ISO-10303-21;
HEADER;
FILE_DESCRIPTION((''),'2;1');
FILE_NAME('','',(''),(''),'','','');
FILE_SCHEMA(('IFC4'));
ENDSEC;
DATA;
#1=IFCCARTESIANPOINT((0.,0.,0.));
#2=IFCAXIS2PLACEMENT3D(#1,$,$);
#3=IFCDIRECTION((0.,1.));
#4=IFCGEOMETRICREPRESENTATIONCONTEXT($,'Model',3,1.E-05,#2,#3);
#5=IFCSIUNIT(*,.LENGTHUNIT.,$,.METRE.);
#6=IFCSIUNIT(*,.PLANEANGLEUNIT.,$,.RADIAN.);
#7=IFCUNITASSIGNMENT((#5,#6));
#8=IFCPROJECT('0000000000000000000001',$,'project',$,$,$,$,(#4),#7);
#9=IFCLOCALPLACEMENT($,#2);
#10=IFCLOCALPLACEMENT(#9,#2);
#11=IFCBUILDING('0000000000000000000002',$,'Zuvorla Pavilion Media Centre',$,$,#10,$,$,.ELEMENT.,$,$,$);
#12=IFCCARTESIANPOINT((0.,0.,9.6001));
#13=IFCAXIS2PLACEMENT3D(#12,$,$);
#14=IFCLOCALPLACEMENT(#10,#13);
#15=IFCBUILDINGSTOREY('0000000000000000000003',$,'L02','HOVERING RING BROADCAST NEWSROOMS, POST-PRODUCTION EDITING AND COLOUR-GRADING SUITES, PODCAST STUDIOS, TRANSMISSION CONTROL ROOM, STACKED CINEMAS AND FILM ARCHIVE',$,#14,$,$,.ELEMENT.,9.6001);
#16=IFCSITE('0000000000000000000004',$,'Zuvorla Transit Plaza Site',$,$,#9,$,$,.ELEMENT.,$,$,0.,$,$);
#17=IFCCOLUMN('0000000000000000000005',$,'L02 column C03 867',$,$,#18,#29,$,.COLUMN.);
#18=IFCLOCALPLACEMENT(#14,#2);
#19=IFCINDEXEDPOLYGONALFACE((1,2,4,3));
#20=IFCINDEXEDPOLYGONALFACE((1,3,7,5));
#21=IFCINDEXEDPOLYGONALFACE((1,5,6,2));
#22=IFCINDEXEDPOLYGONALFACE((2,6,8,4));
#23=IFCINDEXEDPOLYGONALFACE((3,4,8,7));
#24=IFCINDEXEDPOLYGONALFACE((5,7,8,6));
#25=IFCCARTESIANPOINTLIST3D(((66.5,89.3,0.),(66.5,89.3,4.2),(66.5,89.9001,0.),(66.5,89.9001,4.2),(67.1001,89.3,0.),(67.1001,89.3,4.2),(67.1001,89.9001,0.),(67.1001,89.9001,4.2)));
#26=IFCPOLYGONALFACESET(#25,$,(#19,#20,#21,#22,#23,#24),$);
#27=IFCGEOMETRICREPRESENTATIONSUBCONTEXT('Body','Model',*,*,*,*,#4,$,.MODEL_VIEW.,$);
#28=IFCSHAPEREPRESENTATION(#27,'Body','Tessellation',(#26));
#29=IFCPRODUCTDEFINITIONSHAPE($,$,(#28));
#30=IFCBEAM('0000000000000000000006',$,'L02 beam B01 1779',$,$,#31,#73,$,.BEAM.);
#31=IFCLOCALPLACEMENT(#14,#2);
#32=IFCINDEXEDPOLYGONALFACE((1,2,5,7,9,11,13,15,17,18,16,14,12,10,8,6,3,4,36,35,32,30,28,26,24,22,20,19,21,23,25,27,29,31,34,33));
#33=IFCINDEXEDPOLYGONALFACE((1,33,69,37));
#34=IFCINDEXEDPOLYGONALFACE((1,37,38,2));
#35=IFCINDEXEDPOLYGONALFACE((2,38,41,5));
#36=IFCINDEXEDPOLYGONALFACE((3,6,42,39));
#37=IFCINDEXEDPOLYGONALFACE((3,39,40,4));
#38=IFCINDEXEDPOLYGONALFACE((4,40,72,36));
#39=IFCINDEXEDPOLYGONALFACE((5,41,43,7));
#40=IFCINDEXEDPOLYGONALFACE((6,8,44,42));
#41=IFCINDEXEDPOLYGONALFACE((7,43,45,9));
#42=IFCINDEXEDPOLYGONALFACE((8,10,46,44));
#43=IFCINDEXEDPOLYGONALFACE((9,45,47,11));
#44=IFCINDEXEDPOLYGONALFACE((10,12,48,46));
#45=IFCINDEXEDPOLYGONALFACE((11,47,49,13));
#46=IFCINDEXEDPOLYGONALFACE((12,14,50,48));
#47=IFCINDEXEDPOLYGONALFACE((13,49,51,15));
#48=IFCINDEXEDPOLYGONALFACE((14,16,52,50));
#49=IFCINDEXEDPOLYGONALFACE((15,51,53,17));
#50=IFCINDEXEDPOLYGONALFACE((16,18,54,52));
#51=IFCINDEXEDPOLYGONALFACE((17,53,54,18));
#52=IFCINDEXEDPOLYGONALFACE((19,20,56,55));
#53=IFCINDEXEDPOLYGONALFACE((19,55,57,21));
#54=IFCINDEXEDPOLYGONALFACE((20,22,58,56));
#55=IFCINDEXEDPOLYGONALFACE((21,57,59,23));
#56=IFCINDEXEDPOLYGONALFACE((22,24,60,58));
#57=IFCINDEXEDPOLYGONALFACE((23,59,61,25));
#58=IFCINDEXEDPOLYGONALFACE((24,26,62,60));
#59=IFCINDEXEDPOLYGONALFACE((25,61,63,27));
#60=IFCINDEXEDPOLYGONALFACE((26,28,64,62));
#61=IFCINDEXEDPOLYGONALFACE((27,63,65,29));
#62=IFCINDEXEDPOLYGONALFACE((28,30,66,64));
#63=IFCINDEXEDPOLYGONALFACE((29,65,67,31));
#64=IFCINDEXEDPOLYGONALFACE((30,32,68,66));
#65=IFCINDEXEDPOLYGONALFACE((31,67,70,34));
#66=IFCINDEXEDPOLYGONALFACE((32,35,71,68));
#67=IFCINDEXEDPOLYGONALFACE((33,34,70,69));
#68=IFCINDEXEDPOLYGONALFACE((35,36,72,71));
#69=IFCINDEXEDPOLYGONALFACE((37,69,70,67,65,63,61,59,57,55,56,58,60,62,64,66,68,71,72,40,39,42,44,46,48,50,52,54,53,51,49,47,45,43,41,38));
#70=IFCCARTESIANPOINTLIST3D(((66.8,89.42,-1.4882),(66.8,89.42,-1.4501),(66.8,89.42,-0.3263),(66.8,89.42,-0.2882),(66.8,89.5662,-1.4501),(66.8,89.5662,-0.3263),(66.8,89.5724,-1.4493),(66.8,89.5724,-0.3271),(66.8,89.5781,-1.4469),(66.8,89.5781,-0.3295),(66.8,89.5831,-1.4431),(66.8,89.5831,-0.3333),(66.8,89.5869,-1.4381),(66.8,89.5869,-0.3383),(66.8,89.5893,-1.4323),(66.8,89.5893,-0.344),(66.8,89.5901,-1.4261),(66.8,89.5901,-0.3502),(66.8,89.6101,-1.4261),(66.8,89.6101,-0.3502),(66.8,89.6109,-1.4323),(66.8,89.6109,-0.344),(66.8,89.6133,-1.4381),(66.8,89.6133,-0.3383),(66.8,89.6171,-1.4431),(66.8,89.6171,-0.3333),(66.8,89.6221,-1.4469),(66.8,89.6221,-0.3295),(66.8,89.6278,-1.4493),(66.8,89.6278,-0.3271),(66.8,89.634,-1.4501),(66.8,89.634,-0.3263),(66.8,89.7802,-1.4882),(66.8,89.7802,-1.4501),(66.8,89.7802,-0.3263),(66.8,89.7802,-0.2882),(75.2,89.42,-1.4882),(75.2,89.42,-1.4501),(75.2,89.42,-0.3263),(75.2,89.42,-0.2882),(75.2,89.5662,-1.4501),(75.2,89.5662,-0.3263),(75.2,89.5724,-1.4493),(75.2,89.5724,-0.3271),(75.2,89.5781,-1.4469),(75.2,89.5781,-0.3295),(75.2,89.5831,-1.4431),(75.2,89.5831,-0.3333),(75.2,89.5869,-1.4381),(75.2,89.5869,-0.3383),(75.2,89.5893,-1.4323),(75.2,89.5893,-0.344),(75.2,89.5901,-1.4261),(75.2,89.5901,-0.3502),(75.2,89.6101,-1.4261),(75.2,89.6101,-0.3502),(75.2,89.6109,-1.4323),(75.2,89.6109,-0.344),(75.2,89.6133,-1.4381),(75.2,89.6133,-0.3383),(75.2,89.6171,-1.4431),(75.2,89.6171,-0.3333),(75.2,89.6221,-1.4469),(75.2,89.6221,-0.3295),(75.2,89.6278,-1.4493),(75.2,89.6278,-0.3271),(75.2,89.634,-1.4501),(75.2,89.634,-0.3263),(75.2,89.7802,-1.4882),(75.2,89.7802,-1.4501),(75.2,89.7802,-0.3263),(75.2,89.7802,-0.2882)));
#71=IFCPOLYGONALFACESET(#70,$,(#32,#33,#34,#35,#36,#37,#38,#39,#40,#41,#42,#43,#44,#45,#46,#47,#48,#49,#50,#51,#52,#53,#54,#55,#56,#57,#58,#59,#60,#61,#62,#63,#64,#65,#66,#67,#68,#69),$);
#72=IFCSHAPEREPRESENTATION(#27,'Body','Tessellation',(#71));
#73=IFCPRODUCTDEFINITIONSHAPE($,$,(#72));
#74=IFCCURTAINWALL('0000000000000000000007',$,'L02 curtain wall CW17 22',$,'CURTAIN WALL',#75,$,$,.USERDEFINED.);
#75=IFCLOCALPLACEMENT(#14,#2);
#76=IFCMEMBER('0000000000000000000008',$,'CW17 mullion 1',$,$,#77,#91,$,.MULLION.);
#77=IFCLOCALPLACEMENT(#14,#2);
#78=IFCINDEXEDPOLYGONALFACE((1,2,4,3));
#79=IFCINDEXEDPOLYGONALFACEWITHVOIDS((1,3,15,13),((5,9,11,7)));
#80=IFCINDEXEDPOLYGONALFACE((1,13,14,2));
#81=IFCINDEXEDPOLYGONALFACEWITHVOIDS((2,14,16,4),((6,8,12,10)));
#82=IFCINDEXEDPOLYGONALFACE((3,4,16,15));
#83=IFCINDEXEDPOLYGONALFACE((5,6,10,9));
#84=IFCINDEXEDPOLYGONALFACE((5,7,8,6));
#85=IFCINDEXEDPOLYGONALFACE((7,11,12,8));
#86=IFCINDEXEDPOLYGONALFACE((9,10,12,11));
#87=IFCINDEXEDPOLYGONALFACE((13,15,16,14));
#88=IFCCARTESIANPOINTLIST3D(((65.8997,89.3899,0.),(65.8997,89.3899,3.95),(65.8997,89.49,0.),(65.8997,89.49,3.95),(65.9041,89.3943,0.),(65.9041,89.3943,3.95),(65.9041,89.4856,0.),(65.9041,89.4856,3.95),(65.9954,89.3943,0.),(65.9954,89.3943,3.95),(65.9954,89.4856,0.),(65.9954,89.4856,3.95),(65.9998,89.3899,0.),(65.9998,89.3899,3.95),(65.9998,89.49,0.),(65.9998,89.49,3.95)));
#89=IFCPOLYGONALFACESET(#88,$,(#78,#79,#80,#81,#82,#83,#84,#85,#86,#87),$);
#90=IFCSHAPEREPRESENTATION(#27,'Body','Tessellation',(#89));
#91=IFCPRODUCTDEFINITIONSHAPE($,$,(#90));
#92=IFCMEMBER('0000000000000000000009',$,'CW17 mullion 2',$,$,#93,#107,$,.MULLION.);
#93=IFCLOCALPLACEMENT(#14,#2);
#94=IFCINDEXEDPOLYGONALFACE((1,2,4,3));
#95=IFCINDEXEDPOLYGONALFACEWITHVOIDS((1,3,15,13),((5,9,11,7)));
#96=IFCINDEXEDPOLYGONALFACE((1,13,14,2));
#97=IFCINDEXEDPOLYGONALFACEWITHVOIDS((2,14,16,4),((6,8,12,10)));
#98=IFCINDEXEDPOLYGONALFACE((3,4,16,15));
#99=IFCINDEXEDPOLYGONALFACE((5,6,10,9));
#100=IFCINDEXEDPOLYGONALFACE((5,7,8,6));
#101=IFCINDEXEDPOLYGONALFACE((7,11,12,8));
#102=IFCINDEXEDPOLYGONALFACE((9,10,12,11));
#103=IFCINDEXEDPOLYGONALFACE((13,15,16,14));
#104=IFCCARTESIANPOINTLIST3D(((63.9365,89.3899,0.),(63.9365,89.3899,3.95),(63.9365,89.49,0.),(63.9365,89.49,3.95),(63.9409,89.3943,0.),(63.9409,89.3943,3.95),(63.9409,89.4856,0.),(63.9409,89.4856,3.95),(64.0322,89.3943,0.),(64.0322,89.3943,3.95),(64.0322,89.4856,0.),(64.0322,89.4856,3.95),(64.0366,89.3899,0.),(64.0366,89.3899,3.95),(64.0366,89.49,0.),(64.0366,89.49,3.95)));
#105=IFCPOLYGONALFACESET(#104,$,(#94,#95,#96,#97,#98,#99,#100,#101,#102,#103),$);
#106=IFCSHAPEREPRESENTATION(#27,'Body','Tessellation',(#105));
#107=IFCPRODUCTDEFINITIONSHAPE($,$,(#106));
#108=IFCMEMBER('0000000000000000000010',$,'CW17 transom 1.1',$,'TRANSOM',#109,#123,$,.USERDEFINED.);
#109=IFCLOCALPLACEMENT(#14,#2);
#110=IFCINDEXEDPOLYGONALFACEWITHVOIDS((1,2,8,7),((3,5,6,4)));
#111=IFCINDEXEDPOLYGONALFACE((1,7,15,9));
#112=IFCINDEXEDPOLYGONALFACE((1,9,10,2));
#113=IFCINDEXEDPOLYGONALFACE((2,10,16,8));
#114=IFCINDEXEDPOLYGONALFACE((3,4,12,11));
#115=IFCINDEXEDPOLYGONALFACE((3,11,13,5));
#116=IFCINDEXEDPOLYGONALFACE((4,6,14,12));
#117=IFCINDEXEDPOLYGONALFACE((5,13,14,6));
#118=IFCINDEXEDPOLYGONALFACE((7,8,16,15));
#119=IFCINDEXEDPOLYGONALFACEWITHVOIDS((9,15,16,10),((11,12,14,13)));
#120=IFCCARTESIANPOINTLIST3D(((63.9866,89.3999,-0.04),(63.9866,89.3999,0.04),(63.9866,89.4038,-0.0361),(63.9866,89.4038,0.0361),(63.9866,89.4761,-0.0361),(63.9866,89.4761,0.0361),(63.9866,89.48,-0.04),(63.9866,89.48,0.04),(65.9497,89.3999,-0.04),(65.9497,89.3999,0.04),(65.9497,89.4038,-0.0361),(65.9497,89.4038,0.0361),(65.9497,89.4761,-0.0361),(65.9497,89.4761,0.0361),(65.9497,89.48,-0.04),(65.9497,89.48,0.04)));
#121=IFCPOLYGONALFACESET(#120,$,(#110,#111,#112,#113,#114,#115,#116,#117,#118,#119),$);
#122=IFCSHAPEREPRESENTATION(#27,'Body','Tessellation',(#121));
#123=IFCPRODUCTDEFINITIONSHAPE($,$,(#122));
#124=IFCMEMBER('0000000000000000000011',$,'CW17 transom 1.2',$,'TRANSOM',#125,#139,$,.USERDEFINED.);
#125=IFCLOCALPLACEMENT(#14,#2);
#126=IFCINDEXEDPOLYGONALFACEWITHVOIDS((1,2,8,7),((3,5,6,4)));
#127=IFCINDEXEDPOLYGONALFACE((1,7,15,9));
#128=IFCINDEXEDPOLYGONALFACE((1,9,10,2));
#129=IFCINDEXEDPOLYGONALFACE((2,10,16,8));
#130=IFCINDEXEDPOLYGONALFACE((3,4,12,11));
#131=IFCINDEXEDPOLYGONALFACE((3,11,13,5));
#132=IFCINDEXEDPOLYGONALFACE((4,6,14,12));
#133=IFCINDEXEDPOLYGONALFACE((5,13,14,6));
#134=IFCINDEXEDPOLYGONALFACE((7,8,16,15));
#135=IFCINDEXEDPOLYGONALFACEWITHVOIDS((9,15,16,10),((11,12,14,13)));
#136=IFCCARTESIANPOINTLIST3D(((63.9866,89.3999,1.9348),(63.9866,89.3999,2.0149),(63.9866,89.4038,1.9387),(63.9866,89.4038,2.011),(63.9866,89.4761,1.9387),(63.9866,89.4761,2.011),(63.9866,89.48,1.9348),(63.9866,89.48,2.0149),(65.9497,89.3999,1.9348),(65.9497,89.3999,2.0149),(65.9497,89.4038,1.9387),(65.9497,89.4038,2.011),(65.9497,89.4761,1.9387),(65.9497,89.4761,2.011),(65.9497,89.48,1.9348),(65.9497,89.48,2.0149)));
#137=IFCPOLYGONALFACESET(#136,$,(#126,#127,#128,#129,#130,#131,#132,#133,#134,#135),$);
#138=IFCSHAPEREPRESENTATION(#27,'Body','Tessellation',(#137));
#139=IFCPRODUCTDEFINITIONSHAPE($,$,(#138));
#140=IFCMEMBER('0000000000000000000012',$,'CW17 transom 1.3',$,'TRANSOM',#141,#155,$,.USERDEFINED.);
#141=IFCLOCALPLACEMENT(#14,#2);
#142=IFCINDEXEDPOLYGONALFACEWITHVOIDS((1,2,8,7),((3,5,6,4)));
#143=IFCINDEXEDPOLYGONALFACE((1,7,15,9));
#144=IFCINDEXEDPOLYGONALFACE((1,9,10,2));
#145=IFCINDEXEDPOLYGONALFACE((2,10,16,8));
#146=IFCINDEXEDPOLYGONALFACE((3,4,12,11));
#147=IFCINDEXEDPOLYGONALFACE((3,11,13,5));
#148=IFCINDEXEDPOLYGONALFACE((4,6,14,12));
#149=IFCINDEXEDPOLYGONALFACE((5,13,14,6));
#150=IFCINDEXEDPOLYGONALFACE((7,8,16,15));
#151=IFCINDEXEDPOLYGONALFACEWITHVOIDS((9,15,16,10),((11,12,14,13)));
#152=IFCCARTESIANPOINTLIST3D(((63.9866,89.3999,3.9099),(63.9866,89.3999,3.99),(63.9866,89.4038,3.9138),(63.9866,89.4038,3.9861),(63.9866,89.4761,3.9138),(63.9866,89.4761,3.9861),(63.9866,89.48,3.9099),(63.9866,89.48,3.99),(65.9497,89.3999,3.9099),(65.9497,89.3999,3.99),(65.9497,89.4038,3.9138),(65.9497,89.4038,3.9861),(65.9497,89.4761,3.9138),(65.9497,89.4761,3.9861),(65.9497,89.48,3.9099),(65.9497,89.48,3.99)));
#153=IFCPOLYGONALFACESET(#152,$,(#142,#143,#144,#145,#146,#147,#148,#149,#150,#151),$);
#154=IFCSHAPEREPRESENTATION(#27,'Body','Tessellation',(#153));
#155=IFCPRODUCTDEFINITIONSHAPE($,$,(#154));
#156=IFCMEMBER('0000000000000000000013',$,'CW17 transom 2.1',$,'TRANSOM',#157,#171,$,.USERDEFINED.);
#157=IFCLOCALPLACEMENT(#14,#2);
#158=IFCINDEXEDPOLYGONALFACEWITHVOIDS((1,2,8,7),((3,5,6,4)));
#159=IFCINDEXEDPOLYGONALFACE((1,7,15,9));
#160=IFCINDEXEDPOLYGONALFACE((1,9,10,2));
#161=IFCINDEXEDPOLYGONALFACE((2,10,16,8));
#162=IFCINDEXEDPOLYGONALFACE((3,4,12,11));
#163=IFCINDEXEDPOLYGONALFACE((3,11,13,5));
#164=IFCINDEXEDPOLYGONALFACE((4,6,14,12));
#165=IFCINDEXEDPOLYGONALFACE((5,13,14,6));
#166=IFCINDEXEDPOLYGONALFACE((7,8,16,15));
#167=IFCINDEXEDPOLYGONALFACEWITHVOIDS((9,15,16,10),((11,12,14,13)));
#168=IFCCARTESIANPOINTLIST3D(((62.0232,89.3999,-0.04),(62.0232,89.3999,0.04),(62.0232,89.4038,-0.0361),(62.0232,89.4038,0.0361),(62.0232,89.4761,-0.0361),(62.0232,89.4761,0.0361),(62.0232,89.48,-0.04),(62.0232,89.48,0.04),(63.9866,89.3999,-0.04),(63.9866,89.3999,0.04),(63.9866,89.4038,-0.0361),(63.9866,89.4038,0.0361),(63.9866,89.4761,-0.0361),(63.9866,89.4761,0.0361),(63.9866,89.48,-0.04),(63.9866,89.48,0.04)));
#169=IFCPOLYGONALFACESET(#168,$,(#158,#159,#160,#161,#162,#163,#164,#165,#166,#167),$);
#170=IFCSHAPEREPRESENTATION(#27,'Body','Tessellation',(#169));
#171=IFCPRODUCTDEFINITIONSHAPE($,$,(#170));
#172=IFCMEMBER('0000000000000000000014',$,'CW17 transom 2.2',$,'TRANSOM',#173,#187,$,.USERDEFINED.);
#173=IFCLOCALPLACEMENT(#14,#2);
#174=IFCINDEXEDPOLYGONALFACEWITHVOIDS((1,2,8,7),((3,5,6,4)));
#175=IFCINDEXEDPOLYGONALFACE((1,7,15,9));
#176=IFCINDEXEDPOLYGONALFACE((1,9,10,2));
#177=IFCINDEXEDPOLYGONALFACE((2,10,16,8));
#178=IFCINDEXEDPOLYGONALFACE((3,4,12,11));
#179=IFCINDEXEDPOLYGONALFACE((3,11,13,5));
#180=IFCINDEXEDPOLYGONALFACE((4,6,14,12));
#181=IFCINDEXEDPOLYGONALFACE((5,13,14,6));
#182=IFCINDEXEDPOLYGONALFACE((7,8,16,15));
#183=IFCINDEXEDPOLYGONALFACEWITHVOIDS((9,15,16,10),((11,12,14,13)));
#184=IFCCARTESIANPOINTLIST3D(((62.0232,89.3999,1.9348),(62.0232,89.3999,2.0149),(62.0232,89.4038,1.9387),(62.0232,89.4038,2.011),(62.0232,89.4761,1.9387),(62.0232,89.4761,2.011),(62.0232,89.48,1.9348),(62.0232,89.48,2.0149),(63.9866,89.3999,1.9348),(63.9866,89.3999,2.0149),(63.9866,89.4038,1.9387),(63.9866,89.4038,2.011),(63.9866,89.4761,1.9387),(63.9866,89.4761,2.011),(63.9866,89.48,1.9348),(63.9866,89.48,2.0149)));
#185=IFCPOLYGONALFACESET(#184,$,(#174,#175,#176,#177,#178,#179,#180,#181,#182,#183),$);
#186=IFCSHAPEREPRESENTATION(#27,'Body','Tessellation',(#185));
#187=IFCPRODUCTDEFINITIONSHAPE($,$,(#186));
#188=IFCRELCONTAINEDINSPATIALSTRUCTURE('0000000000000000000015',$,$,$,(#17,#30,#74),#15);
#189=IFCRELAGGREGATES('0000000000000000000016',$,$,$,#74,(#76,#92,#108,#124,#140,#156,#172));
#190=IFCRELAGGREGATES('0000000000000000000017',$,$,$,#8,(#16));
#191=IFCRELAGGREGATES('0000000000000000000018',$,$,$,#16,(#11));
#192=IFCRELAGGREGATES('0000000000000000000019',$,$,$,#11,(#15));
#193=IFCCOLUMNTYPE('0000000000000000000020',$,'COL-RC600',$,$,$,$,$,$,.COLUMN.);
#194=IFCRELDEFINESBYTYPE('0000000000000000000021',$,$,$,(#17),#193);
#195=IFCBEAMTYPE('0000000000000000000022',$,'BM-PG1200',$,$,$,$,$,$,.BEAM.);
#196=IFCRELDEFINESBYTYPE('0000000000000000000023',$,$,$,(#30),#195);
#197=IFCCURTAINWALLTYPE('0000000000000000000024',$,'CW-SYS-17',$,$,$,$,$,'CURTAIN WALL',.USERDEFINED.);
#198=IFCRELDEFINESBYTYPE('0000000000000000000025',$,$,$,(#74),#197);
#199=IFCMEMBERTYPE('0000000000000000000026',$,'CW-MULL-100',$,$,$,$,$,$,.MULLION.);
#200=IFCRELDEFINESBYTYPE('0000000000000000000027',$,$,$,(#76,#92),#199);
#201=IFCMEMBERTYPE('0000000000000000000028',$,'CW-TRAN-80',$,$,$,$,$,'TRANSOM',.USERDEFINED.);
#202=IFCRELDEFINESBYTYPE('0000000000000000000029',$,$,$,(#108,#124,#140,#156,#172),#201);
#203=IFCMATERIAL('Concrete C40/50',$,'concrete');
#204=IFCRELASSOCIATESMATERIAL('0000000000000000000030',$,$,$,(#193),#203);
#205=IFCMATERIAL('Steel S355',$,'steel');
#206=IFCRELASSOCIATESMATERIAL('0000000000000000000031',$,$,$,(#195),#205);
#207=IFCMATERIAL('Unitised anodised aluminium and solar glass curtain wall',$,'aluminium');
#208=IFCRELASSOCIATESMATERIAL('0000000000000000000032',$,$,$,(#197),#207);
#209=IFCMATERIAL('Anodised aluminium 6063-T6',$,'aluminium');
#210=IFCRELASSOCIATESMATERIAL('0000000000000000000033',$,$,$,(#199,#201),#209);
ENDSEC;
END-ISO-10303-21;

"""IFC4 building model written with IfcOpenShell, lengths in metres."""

from ifc_helpers import new_model, si_unit, direction, frame, origin, origin_2d, place, context, subcontext, project, spatial, rectangle, hollow_rectangle, i_section, extrude, material, material_profile, profile_set, type_object, element, aggregate, save


model = new_model("IFC4")

# Units and contexts
model_context = context("Model", 3, precision=1e-05, world=origin(), true_north=direction((0.0, 1.0)))
body_context = subcontext(model_context, "Body", "Model", "MODEL_VIEW")
ifc_project = project(units=[si_unit("LENGTHUNIT", "METRE"), si_unit("PLANEANGLEUNIT", "RADIAN")], contexts=[model_context])

# Site, building, storey
site_placement = place(None, origin())
site = spatial("IfcSite", under=ifc_project, at=site_placement, Name="Zuvorla Transit Plaza Site", CompositionType="ELEMENT", RefElevation=0.0)
building_placement = place(site_placement, origin())
building = spatial("IfcBuilding", under=site, at=building_placement, Name="Zuvorla Pavilion Media Centre", CompositionType="ELEMENT")
storey_placement = place(building_placement, frame((0.0, 0.0, 9.6001)))
storey = spatial("IfcBuildingStorey", under=building, at=storey_placement, Name="L02", Description="HOVERING RING BROADCAST NEWSROOMS, POST-PRODUCTION EDITING AND COLOUR-GRADING SUITES, PODCAST STUDIOS, TRANSMISSION CONTROL ROOM, STACKED CINEMAS AND FILM ARCHIVE", CompositionType="ELEMENT", Elevation=9.6001)

# Column
ifc_material_1 = material(Name="Concrete C40/50", Category="concrete")
ifc_material_profile_1 = material_profile(ifc_material_1, rectangle(XDim=0.6001, YDim=0.6001, at=origin_2d()), Name="RC 600x600")
ifc_profile_set_1 = profile_set([ifc_material_profile_1], Name="Concrete C40/50")
column_type = type_object("IfcColumnType", Name="COL-RC600", PredefinedType="COLUMN", material=ifc_profile_set_1)
column_placement = place(storey_placement, frame((66.8, 89.6001, 0.0), z_axis=(0.0, 0.0, 1.0), x_axis=(1.0, 0.0, 0.0)))
element("IfcColumn", 1, at=column_placement, inside=storey, type_object=column_type, Name="L02 column C03 867", PredefinedType="COLUMN", context=body_context, shape_type="SweptSolid", body=[
    extrude(rectangle(XDim=0.6001, YDim=0.6001, at=origin_2d()), origin(), (0.0, 0.0, 1.0), 4.2),
])

# Beam
ifc_material_2 = material(Name="Steel S355", Category="steel")
ifc_material_profile_2 = material_profile(ifc_material_2, i_section(OverallWidth=0.3601, OverallDepth=1.2, WebThickness=0.02, FlangeThickness=0.0381, FilletRadius=0.0239, at=origin_2d()), Name="PG 1200x360x38")
ifc_profile_set_2 = profile_set([ifc_material_profile_2], Name="Steel S355")
beam_type = type_object("IfcBeamType", Name="BM-PG1200", PredefinedType="BEAM", material=ifc_profile_set_2)
beam_placement = place(storey_placement, frame((66.8, 89.6001, -0.8882), z_axis=(1.0, 0.0, 0.0), x_axis=(0.0, 1.0, 0.0)))
element("IfcBeam", 2, at=beam_placement, inside=storey, type_object=beam_type, Name="L02 beam B01 1779", PredefinedType="BEAM", context=body_context, shape_type="SweptSolid", body=[
    extrude(i_section(OverallWidth=0.3601, OverallDepth=1.2, WebThickness=0.02, FlangeThickness=0.0381, FilletRadius=0.0239, at=origin_2d()), origin(), (0.0, 0.0, 1.0), 8.3999),
])

# Curtain wall, members
ifc_material_3 = material(Name="Unitised anodised aluminium and solar glass curtain wall", Category="aluminium")
curtain_wall_type = type_object("IfcCurtainWallType", Name="CW-SYS-17", ElementType="CURTAIN WALL", PredefinedType="USERDEFINED", material=ifc_material_3)
curtain_wall_placement = place(storey_placement, origin())
curtain_wall = element("IfcCurtainWall", 3, at=curtain_wall_placement, inside=storey, type_object=curtain_wall_type, Name="L02 curtain wall CW17 22", ObjectType="CURTAIN WALL", PredefinedType="USERDEFINED")
ifc_material_4 = material(Name="Anodised aluminium 6063-T6", Category="aluminium")
ifc_material_profile_3 = material_profile(ifc_material_4, hollow_rectangle(XDim=0.1001, YDim=0.1001, WallThickness=0.0044, at=origin_2d()), Name="ALU MULL 100x100")
ifc_profile_set_3 = profile_set([ifc_material_profile_3], Name="Anodised aluminium 6063-T6")
member_type_1 = type_object("IfcMemberType", Name="CW-MULL-100", PredefinedType="MULLION", material=ifc_profile_set_3)
member_1_placement = place(storey_placement, frame((65.9497, 89.4399, 0.0), z_axis=(0.0, 0.0, 1.0), x_axis=(1.0, 0.0, 0.0)))
member_1 = element("IfcMember", 4, at=member_1_placement, type_object=member_type_1, Name="CW17 mullion 1", PredefinedType="MULLION", context=body_context, shape_type="SweptSolid", body=[
    extrude(hollow_rectangle(XDim=0.1001, YDim=0.1001, WallThickness=0.0044, at=origin_2d()), origin(), (0.0, 0.0, 1.0), 3.95),
])
member_2_placement = place(storey_placement, frame((63.9866, 89.4399, 0.0), z_axis=(0.0, 0.0, 1.0), x_axis=(1.0, 0.0, 0.0)))
member_2 = element("IfcMember", 5, at=member_2_placement, type_object=member_type_1, Name="CW17 mullion 2", PredefinedType="MULLION", context=body_context, shape_type="SweptSolid", body=[
    extrude(hollow_rectangle(XDim=0.1001, YDim=0.1001, WallThickness=0.0044, at=origin_2d()), origin(), (0.0, 0.0, 1.0), 3.95),
])
ifc_material_profile_4 = material_profile(ifc_material_4, hollow_rectangle(XDim=0.0801, YDim=0.0801, WallThickness=0.0039, at=origin_2d()), Name="ALU TRAN 80x80")
ifc_profile_set_4 = profile_set([ifc_material_profile_4], Name="Anodised aluminium 6063-T6")
member_type_2 = type_object("IfcMemberType", Name="CW-TRAN-80", ElementType="TRANSOM", PredefinedType="USERDEFINED", material=ifc_profile_set_4)
member_3_placement = place(storey_placement, frame((65.9497, 89.4399, 0.0), z_axis=(-1.0, 0.0, 0.0), x_axis=(0.0, -1.0, 0.0)))
member_3 = element("IfcMember", 6, at=member_3_placement, type_object=member_type_2, Name="CW17 transom 1.1", ObjectType="TRANSOM", PredefinedType="USERDEFINED", context=body_context, shape_type="SweptSolid", body=[
    extrude(hollow_rectangle(XDim=0.0801, YDim=0.0801, WallThickness=0.0039, at=origin_2d()), origin(), (0.0, 0.0, 1.0), 1.9631),
])
member_4_placement = place(storey_placement, frame((65.9497, 89.4399, 1.9749), z_axis=(-1.0, 0.0, 0.0), x_axis=(0.0, -1.0, 0.0)))
member_4 = element("IfcMember", 7, at=member_4_placement, type_object=member_type_2, Name="CW17 transom 1.2", ObjectType="TRANSOM", PredefinedType="USERDEFINED", context=body_context, shape_type="SweptSolid", body=[
    extrude(hollow_rectangle(XDim=0.0801, YDim=0.0801, WallThickness=0.0039, at=origin_2d()), origin(), (0.0, 0.0, 1.0), 1.9631),
])
member_5_placement = place(storey_placement, frame((65.9497, 89.4399, 3.95), z_axis=(-1.0, 0.0, 0.0), x_axis=(0.0, -1.0, 0.0)))
member_5 = element("IfcMember", 8, at=member_5_placement, type_object=member_type_2, Name="CW17 transom 1.3", ObjectType="TRANSOM", PredefinedType="USERDEFINED", context=body_context, shape_type="SweptSolid", body=[
    extrude(hollow_rectangle(XDim=0.0801, YDim=0.0801, WallThickness=0.0039, at=origin_2d()), origin(), (0.0, 0.0, 1.0), 1.9631),
])
member_6_placement = place(storey_placement, frame((63.9866, 89.4399, 0.0), z_axis=(-1.0, 0.0, 0.0), x_axis=(0.0, -1.0, 0.0)))
member_6 = element("IfcMember", 9, at=member_6_placement, type_object=member_type_2, Name="CW17 transom 2.1", ObjectType="TRANSOM", PredefinedType="USERDEFINED", context=body_context, shape_type="SweptSolid", body=[
    extrude(hollow_rectangle(XDim=0.0801, YDim=0.0801, WallThickness=0.0039, at=origin_2d()), origin(), (0.0, 0.0, 1.0), 1.9634),
])
member_7_placement = place(storey_placement, frame((63.9866, 89.4399, 1.9749), z_axis=(-1.0, 0.0, 0.0), x_axis=(0.0, -1.0, 0.0)))
member_7 = element("IfcMember", 10, at=member_7_placement, type_object=member_type_2, Name="CW17 transom 2.2", ObjectType="TRANSOM", PredefinedType="USERDEFINED", context=body_context, shape_type="SweptSolid", body=[
    extrude(hollow_rectangle(XDim=0.0801, YDim=0.0801, WallThickness=0.0039, at=origin_2d()), origin(), (0.0, 0.0, 1.0), 1.9634),
])

aggregate(curtain_wall, [member_1, member_2, member_3, member_4, member_5, member_6, member_7])

save(model, "model.ifc")
